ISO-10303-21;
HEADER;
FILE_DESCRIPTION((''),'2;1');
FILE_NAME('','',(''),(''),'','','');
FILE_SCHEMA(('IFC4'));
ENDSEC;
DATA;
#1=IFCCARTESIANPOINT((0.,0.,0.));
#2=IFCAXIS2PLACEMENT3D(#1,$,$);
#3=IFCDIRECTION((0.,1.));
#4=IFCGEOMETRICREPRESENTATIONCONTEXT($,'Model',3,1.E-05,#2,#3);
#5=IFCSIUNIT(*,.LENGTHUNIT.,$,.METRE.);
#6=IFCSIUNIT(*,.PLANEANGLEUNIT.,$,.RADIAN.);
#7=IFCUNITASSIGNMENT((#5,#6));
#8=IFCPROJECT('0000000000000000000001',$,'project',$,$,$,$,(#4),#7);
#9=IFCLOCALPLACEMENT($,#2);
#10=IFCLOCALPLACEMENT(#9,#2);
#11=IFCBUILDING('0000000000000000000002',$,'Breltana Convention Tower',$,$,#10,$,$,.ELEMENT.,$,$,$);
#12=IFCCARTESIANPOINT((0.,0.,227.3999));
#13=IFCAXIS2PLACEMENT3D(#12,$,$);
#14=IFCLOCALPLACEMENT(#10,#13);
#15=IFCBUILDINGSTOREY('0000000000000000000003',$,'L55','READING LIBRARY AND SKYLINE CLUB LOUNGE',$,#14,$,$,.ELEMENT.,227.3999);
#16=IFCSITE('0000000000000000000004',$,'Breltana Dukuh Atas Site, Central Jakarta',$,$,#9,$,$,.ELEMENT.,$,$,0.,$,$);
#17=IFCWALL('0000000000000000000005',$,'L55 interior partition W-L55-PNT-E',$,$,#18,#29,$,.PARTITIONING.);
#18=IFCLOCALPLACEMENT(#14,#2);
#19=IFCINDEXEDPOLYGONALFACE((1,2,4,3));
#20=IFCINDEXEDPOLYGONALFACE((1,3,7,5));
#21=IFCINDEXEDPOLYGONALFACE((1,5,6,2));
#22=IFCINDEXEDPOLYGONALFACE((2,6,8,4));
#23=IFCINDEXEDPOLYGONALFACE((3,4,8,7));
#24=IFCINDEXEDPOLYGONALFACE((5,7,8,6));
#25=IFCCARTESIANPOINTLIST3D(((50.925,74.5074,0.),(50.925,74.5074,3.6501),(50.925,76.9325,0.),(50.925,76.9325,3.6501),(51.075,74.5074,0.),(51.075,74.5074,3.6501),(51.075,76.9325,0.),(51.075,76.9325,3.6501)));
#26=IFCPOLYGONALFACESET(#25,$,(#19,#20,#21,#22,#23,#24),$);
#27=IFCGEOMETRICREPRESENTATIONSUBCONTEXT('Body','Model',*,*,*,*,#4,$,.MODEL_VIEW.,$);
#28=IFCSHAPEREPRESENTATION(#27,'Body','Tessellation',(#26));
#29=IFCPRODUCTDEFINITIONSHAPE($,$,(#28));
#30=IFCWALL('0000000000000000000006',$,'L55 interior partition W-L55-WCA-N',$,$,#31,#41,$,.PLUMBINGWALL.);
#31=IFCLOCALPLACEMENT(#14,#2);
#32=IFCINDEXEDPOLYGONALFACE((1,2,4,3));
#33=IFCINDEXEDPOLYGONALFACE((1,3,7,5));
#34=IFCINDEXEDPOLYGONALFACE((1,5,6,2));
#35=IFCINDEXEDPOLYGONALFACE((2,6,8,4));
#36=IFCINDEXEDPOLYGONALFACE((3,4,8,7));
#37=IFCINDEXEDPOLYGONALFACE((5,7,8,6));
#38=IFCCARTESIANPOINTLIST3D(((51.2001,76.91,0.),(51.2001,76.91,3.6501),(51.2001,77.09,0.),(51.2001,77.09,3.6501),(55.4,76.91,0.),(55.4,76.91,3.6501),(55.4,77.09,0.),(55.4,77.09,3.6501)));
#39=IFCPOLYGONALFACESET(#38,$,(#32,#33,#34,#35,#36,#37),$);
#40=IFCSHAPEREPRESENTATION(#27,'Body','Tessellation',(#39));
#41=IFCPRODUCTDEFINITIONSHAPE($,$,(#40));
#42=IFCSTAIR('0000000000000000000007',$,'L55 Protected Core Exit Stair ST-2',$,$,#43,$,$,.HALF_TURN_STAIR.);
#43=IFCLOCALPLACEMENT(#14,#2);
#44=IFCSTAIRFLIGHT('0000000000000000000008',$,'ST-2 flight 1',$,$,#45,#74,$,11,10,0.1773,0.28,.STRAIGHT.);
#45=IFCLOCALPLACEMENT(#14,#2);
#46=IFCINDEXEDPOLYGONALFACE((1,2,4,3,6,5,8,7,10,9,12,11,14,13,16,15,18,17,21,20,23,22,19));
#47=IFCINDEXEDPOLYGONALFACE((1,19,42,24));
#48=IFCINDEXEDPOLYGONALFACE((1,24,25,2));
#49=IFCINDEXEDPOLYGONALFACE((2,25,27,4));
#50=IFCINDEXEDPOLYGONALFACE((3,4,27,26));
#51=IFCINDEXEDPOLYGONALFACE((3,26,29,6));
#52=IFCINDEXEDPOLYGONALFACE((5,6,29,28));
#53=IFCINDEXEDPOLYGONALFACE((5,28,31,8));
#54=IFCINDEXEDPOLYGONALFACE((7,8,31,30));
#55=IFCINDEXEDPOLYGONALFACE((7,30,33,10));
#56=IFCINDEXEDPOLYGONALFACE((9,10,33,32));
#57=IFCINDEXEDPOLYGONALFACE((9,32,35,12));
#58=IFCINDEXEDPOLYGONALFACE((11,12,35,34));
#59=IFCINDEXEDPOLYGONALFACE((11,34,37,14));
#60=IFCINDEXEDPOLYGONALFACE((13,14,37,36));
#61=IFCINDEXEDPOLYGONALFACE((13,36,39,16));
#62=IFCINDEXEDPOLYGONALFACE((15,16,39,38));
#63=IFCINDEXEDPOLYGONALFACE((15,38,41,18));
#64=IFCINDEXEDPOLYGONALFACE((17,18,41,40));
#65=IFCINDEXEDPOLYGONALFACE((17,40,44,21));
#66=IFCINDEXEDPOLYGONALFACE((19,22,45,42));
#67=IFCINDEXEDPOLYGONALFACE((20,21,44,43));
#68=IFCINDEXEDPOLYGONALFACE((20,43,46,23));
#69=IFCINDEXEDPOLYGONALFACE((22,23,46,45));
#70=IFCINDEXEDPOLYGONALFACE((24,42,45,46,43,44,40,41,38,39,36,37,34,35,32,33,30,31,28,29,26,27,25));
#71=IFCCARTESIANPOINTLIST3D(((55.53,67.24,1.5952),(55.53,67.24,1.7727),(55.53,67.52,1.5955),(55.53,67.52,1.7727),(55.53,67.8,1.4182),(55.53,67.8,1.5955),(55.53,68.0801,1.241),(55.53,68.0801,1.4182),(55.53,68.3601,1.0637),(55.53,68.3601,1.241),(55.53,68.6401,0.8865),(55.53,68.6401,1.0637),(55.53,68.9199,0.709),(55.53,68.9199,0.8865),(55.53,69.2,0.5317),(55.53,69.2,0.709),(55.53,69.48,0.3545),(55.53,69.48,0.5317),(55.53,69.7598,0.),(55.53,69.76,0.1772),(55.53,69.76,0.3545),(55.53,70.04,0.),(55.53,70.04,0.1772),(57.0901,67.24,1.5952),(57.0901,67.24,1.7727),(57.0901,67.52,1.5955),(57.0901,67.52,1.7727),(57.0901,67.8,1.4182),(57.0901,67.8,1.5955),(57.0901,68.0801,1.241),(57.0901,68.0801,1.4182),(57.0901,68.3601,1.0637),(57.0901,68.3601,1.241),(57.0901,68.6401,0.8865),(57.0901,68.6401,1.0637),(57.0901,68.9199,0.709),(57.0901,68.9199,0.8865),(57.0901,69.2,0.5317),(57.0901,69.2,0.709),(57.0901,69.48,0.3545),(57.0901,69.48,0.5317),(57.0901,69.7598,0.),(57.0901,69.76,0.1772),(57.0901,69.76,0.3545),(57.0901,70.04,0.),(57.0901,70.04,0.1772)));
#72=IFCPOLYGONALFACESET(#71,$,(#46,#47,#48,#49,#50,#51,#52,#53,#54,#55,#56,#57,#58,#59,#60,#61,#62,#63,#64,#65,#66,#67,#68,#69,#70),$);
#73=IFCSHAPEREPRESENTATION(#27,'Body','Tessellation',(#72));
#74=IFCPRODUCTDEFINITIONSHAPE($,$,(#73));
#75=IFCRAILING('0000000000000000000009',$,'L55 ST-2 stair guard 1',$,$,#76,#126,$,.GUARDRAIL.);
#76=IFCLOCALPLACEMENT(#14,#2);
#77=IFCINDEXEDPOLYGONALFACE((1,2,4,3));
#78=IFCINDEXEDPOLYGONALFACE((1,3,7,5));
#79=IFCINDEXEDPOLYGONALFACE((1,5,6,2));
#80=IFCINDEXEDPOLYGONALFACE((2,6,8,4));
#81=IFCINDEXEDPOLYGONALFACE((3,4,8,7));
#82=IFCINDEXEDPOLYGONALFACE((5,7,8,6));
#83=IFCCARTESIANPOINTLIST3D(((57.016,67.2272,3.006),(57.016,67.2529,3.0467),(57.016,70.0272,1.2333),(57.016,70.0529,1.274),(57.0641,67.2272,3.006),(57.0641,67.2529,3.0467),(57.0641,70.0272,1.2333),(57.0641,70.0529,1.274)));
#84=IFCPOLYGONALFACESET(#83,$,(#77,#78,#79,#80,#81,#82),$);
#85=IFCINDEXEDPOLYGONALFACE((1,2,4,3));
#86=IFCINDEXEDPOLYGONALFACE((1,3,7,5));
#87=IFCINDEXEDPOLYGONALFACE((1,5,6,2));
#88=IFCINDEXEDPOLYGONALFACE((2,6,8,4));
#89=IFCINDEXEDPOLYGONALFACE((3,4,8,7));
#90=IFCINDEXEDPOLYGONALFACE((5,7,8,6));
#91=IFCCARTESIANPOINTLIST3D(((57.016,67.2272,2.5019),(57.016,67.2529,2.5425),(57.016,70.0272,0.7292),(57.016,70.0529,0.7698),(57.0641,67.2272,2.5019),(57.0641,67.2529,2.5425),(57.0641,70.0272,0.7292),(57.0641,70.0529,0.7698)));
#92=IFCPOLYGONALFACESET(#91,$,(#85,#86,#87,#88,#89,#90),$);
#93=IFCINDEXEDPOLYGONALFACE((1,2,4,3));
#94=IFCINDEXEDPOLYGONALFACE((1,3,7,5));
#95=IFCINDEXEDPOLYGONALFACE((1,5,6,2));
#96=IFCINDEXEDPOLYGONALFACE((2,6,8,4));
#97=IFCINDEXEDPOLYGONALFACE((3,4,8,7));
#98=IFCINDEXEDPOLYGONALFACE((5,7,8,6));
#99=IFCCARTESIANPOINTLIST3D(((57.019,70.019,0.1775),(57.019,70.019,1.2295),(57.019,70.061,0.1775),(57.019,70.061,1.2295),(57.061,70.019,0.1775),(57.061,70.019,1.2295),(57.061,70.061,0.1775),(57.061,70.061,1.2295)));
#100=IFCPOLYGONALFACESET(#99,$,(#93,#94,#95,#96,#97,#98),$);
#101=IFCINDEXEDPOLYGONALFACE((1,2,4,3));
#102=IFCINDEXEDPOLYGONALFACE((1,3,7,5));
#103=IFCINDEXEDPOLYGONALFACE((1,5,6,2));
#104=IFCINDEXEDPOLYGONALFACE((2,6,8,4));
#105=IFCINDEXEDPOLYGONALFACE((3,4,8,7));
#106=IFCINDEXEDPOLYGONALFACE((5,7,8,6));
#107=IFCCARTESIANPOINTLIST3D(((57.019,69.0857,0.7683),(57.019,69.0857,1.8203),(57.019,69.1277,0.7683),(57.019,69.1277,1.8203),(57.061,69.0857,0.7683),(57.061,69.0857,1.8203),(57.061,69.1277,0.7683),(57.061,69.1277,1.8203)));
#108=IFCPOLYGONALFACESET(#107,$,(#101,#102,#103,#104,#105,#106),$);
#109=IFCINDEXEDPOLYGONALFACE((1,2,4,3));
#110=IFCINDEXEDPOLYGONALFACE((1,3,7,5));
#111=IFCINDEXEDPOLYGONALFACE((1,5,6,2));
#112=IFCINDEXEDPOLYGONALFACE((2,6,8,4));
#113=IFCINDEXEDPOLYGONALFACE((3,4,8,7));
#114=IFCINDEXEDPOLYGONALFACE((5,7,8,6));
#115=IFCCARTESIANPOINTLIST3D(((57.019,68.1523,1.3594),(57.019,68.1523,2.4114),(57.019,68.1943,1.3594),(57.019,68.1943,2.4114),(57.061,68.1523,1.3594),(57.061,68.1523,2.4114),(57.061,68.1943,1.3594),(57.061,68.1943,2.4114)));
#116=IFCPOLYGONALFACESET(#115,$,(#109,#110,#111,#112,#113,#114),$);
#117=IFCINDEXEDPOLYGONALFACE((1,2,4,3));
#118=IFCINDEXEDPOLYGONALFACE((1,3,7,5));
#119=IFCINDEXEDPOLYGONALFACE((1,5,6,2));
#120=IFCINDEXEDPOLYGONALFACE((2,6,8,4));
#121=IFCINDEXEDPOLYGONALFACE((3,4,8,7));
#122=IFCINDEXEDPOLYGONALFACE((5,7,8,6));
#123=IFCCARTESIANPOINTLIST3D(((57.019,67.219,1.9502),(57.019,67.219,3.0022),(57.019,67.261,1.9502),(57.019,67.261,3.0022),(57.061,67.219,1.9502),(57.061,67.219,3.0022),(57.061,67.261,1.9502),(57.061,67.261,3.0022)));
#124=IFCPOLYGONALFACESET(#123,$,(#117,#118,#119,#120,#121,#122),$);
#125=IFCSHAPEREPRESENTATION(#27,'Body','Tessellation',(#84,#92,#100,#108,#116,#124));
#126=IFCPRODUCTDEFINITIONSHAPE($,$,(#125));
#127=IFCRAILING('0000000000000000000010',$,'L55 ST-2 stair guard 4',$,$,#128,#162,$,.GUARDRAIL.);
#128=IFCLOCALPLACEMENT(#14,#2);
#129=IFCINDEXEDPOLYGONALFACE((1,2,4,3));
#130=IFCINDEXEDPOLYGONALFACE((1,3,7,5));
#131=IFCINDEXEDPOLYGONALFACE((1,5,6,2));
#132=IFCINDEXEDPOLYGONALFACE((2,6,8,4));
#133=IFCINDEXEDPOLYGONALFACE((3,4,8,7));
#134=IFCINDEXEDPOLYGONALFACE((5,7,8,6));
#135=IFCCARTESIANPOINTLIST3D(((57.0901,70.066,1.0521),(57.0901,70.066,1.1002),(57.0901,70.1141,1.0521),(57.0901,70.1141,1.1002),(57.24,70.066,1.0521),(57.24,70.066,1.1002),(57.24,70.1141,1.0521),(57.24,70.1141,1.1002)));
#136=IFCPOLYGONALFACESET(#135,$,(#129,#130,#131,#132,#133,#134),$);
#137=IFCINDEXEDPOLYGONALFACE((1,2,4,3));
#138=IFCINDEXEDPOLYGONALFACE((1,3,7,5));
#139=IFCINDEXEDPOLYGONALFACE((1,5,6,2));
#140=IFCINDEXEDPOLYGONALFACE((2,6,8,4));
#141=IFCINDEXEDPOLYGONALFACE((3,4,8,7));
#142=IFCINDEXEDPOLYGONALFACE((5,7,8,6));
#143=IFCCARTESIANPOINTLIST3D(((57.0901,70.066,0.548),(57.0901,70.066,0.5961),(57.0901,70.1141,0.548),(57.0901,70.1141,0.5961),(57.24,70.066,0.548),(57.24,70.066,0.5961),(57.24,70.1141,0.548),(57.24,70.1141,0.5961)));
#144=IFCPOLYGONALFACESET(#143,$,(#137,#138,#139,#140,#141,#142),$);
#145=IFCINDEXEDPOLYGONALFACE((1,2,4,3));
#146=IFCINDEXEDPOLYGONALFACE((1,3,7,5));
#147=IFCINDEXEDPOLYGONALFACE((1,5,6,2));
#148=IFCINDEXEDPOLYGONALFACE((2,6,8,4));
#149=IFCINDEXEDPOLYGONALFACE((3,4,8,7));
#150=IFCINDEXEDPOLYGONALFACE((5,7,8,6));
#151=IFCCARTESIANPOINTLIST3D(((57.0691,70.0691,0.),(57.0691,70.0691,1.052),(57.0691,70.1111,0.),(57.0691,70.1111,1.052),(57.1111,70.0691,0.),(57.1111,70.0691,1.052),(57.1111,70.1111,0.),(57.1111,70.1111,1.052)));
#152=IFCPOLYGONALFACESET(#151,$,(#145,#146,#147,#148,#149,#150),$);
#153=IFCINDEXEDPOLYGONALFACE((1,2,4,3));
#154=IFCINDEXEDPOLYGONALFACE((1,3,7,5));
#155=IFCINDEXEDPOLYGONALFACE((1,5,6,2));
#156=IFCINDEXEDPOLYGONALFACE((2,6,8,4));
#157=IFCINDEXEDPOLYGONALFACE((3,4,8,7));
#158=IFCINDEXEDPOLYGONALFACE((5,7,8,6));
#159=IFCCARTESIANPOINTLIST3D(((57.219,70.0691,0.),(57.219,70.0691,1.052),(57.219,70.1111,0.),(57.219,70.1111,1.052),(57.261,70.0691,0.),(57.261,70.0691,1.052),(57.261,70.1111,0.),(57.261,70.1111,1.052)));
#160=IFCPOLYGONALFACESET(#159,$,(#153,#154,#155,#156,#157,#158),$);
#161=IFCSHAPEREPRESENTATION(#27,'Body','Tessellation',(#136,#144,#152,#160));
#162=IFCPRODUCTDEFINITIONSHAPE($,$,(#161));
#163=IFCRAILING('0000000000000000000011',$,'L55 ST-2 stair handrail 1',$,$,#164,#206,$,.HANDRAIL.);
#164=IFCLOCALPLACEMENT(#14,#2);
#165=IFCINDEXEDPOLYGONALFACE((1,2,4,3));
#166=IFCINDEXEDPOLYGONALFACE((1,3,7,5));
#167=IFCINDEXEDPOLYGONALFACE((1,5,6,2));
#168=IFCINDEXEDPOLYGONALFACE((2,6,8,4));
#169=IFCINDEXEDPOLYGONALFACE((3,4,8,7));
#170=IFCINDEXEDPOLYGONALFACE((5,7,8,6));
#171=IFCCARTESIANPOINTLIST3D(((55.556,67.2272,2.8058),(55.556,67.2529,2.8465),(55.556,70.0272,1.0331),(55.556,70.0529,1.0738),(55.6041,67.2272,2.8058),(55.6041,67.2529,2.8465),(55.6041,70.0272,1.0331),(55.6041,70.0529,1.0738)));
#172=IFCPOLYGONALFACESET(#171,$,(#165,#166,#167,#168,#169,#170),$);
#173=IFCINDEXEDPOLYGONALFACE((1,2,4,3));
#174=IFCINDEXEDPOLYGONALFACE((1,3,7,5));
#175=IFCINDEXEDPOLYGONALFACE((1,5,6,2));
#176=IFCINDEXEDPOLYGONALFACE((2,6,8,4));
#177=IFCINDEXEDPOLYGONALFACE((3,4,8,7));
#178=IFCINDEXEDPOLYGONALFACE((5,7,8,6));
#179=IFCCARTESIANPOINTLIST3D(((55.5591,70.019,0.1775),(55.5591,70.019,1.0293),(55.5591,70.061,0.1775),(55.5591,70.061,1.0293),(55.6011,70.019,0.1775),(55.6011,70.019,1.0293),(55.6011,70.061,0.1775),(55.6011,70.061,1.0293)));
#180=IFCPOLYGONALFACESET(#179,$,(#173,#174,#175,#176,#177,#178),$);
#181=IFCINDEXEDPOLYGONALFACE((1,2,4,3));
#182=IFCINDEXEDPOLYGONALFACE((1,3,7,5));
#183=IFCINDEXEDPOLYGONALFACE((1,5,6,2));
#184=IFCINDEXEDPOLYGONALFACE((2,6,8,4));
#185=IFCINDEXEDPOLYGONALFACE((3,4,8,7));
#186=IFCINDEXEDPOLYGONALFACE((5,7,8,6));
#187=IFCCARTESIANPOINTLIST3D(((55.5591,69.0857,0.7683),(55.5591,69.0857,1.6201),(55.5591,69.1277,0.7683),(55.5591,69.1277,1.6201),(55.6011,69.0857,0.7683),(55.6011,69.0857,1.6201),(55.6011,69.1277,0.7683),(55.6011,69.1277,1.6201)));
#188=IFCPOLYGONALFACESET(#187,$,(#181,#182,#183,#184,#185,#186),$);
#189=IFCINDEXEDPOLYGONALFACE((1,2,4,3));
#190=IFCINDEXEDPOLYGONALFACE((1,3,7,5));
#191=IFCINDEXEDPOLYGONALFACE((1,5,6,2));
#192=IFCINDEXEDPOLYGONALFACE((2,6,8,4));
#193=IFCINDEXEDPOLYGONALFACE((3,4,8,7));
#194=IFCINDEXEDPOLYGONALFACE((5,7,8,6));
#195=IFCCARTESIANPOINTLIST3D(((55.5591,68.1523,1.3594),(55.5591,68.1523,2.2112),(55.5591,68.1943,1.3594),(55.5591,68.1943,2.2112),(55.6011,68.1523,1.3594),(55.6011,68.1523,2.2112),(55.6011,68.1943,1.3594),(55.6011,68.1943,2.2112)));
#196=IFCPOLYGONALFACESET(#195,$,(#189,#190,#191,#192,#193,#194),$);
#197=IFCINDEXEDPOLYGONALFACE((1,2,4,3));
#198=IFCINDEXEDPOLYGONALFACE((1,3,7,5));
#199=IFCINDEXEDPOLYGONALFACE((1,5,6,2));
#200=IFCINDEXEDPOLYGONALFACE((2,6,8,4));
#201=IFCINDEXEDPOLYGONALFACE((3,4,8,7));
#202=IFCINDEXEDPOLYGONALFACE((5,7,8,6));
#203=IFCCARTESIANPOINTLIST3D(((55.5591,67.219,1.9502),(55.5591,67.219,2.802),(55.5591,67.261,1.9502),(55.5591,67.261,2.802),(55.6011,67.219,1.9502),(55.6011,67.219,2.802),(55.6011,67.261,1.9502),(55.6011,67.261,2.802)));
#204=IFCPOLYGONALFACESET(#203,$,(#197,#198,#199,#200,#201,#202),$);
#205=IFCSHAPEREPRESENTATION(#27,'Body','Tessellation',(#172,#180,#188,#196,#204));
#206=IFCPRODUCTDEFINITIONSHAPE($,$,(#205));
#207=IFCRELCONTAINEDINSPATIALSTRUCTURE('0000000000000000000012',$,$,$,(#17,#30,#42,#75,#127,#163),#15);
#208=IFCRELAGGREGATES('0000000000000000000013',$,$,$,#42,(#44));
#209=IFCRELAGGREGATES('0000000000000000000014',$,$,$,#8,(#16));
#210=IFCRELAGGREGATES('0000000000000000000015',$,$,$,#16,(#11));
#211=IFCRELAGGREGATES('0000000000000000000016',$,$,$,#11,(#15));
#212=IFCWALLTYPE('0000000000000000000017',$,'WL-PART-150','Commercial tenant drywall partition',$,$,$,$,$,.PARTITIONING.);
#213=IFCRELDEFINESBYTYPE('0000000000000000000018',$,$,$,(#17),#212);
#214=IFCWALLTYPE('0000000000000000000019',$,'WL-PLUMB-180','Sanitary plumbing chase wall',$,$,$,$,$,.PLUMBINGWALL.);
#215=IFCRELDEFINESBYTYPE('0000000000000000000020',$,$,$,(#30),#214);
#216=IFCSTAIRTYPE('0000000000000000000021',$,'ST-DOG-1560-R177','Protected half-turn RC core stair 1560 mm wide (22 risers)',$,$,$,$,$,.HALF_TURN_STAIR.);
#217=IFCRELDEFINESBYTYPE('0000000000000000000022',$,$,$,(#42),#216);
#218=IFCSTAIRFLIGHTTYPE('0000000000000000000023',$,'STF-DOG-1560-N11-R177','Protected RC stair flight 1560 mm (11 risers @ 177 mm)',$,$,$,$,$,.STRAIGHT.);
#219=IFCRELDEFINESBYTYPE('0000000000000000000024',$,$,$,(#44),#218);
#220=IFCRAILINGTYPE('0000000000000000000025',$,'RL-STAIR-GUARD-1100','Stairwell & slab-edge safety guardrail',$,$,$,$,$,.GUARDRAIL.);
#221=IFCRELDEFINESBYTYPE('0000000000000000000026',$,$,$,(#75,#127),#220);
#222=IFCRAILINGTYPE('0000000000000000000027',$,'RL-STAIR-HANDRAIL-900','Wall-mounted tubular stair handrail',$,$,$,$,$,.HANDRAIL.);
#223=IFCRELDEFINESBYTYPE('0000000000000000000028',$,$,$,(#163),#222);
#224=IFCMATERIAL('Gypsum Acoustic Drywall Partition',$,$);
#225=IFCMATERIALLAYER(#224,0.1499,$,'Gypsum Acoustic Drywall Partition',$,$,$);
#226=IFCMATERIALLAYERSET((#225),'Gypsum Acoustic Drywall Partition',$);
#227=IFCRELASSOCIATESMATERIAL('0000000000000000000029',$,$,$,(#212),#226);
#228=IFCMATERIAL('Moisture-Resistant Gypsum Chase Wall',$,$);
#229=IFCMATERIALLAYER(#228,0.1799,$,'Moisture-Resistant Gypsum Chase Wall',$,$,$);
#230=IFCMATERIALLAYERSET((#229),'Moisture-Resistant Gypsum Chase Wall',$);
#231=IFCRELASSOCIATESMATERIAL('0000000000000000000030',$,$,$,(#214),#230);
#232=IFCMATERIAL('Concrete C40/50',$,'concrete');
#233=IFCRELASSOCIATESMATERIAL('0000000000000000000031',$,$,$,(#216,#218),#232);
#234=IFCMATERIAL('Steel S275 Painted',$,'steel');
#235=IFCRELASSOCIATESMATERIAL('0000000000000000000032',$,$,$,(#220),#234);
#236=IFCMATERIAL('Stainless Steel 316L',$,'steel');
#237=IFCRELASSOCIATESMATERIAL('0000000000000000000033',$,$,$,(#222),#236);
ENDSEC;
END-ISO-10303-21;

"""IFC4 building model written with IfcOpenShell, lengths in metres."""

from ifc_helpers import new_model, si_unit, direction, frame, frame_2d, origin, origin_2d, place, context, subcontext, project, spatial, polyline, rectangle, outline, extrude, source, transform, mapped, material, layer, layer_set, type_object, element, aggregate, save


model = new_model("IFC4")

# Units and contexts
model_context = context("Model", 3, precision=1e-05, world=origin(), true_north=direction((0.0, 1.0)))
body_context = subcontext(model_context, "Body", "Model", "MODEL_VIEW")
ifc_project = project(units=[si_unit("LENGTHUNIT", "METRE"), si_unit("PLANEANGLEUNIT", "RADIAN")], contexts=[model_context])

# Site, building, storey
site_placement = place(None, origin())
site = spatial("IfcSite", under=ifc_project, at=site_placement, Name="Breltana Dukuh Atas Site, Central Jakarta", CompositionType="ELEMENT", RefElevation=0.0)
building_placement = place(site_placement, origin())
building = spatial("IfcBuilding", under=site, at=building_placement, Name="Breltana Convention Tower", CompositionType="ELEMENT")
storey_placement = place(building_placement, frame((0.0, 0.0, 227.3999)))
storey = spatial("IfcBuildingStorey", under=building, at=storey_placement, Name="L55", Description="READING LIBRARY AND SKYLINE CLUB LOUNGE", CompositionType="ELEMENT", Elevation=227.3999)

# Wall
ifc_material_1 = material(Name="Gypsum Acoustic Drywall Partition")
ifc_layer_1 = layer(ifc_material_1, 0.1499, Name="Gypsum Acoustic Drywall Partition")
ifc_layer_set_1 = layer_set([ifc_layer_1], Name="Gypsum Acoustic Drywall Partition")
wall_type_1 = type_object("IfcWallType", Name="WL-PART-150", Description="Commercial tenant drywall partition", PredefinedType="PARTITIONING", material=ifc_layer_set_1)
shared_shape_1 = source(origin(), body_context, "Body", "SweptSolid", [
    extrude(rectangle(XDim=2.425, YDim=0.1499, at=frame_2d((1.2124, 0.0))), origin(), (0.0, 0.0, 1.0), 3.6501),
])
wall_1_placement = place(storey_placement, frame((51.0, 74.5076, 0.0), z_axis=(0.0, 0.0, 1.0), x_axis=(0.0, 1.0, 0.0)))
element("IfcWall", 1, at=wall_1_placement, inside=storey, type_object=wall_type_1, Name="L55 interior partition W-L55-PNT-E", PredefinedType="PARTITIONING", context=body_context, shape_type="MappedRepresentation", body=[
    mapped(shared_shape_1, transform((0.0, 0.0, 0.0), scale=1.0)),
])

# Wall
ifc_material_2 = material(Name="Moisture-Resistant Gypsum Chase Wall")
ifc_layer_2 = layer(ifc_material_2, 0.1799, Name="Moisture-Resistant Gypsum Chase Wall")
ifc_layer_set_2 = layer_set([ifc_layer_2], Name="Moisture-Resistant Gypsum Chase Wall")
wall_type_2 = type_object("IfcWallType", Name="WL-PLUMB-180", Description="Sanitary plumbing chase wall", PredefinedType="PLUMBINGWALL", material=ifc_layer_set_2)
shared_shape_2 = source(origin(), body_context, "Body", "SweptSolid", [
    extrude(rectangle(XDim=4.2, YDim=0.1799, at=frame_2d((2.1001, 0.0))), origin(), (0.0, 0.0, 1.0), 3.6501),
])
wall_2_placement = place(storey_placement, frame((51.2, 77.0, 0.0), z_axis=(0.0, 0.0, 1.0), x_axis=(1.0, 0.0, 0.0)))
element("IfcWall", 2, at=wall_2_placement, inside=storey, type_object=wall_type_2, Name="L55 interior partition W-L55-WCA-N", PredefinedType="PLUMBINGWALL", context=body_context, shape_type="MappedRepresentation", body=[
    mapped(shared_shape_2, transform((0.0, 0.0, 0.0), scale=1.0)),
])

# Stair, stair flight
ifc_material_3 = material(Name="Concrete C40/50", Category="concrete")
stair_type = type_object("IfcStairType", Name="ST-DOG-1560-R177", Description="Protected half-turn RC core stair 1560 mm wide (22 risers)", PredefinedType="HALF_TURN_STAIR", material=ifc_material_3)
stair_placement = place(storey_placement, origin())
stair = element("IfcStair", 3, at=stair_placement, inside=storey, type_object=stair_type, Name="L55 Protected Core Exit Stair ST-2", PredefinedType="HALF_TURN_STAIR")
stair_flight_type = type_object("IfcStairFlightType", Name="STF-DOG-1560-N11-R177", Description="Protected RC stair flight 1560 mm (11 risers @ 177 mm)", PredefinedType="STRAIGHT", material=ifc_material_3)
stair_flight_placement = place(storey_placement, frame((56.3101, 70.04, 0.0), z_axis=(0.0, 0.0, 1.0), x_axis=(0.0, -1.0, 0.0)))
stair_flight = element("IfcStairFlight", 4, at=stair_flight_placement, type_object=stair_flight_type, Name="ST-2 flight 1", NumberOfRisers=11, NumberOfTreads=10, PredefinedType="STRAIGHT", RiserHeight=0.1773, TreadLength=0.28, context=body_context, shape_type="SweptSolid", body=[
    extrude(outline(polyline([(0.0, 0.0), (0.0, 0.1772), (0.28, 0.1772), (0.28, 0.3545), (0.5601, 0.3545), (0.5601, 0.5317), (0.8401, 0.5317), (0.8401, 0.709), (1.1201, 0.709), (1.1201, 0.8865), (1.3999, 0.8865), (1.3999, 1.0637), (1.6799, 1.0637), (1.6799, 1.241), (1.96, 1.241), (1.96, 1.4182), (2.24, 1.4182), (2.24, 1.5955), (2.52, 1.5955), (2.52, 1.7727), (2.8, 1.7727), (2.8, 1.95), (2.8, 1.5952), (0.2803, 0.0), (0.0, 0.0)])), frame((0.0, 0.78, 0.0), z_axis=(0.0, -1.0, 0.0), x_axis=(1.0, 0.0, 0.0)), (0.0, 0.0, 1.0), 1.5601),
])
aggregate(stair, [stair_flight])

# Railings
ifc_material_4 = material(Name="Steel S275 Painted", Category="steel")
railing_type_1 = type_object("IfcRailingType", Name="RL-STAIR-GUARD-1100", Description="Stairwell & slab-edge safety guardrail", PredefinedType="GUARDRAIL", material=ifc_material_4)
railing_1_placement = place(storey_placement, frame((57.04, 70.04, 0.1775)))
element("IfcRailing", 5, at=railing_1_placement, inside=storey, type_object=railing_type_1, Name="L55 ST-2 stair guard 1", PredefinedType="GUARDRAIL", context=body_context, shape_type="SweptSolid", body=[
    extrude(rectangle(XDim=0.0481, YDim=0.0481, at=origin_2d()), frame((0.0, 0.0, 1.0762), z_axis=(0.0, -0.844909, 0.53491), x_axis=(1.0, 0.0, 0.0)), (0.0, 0.0, 1.0), 3.314),
    extrude(rectangle(XDim=0.0481, YDim=0.0481, at=origin_2d()), frame((0.0, 0.0, 0.572), z_axis=(0.0, -0.844909, 0.53491), x_axis=(1.0, 0.0, 0.0)), (0.0, 0.0, 1.0), 3.314),
    extrude(rectangle(XDim=0.042, YDim=0.042, at=origin_2d()), origin(), (0.0, 0.0, 1.0), 1.052),
    extrude(rectangle(XDim=0.042, YDim=0.042, at=origin_2d()), frame((0.0, -0.9333, 0.5908)), (0.0, 0.0, 1.0), 1.052),
    extrude(rectangle(XDim=0.042, YDim=0.042, at=origin_2d()), frame((0.0, -1.8667, 1.1819)), (0.0, 0.0, 1.0), 1.052),
    extrude(rectangle(XDim=0.042, YDim=0.042, at=origin_2d()), frame((0.0, -2.8, 1.7727)), (0.0, 0.0, 1.0), 1.052),
])
railing_2_placement = place(storey_placement, frame((57.0901, 70.0901, 0.0)))
element("IfcRailing", 6, at=railing_2_placement, inside=storey, type_object=railing_type_1, Name="L55 ST-2 stair guard 4", PredefinedType="GUARDRAIL", context=body_context, shape_type="SweptSolid", body=[
    extrude(rectangle(XDim=0.0481, YDim=0.0481, at=origin_2d()), frame((0.0, 0.0, 1.0762), z_axis=(1.0, 0.0, 0.0), x_axis=(0.0, 1.0, 0.0)), (0.0, 0.0, 1.0), 0.1499),
    extrude(rectangle(XDim=0.0481, YDim=0.0481, at=origin_2d()), frame((0.0, 0.0, 0.572), z_axis=(1.0, 0.0, 0.0), x_axis=(0.0, 1.0, 0.0)), (0.0, 0.0, 1.0), 0.1499),
    extrude(rectangle(XDim=0.042, YDim=0.042, at=origin_2d()), origin(), (0.0, 0.0, 1.0), 1.052),
    extrude(rectangle(XDim=0.042, YDim=0.042, at=origin_2d()), frame((0.1499, 0.0, 0.0)), (0.0, 0.0, 1.0), 1.052),
])
ifc_material_5 = material(Name="Stainless Steel 316L", Category="steel")
railing_type_2 = type_object("IfcRailingType", Name="RL-STAIR-HANDRAIL-900", Description="Wall-mounted tubular stair handrail", PredefinedType="HANDRAIL", material=ifc_material_5)
railing_3_placement = place(storey_placement, frame((55.5801, 70.04, 0.1775)))
element("IfcRailing", 7, at=railing_3_placement, inside=storey, type_object=railing_type_2, Name="L55 ST-2 stair handrail 1", PredefinedType="HANDRAIL", context=body_context, shape_type="SweptSolid", body=[
    extrude(rectangle(XDim=0.0481, YDim=0.0481, at=origin_2d()), frame((0.0, 0.0, 0.876), z_axis=(0.0, -0.844909, 0.53491), x_axis=(1.0, 0.0, 0.0)), (0.0, 0.0, 1.0), 3.314),
    extrude(rectangle(XDim=0.042, YDim=0.042, at=origin_2d()), origin(), (0.0, 0.0, 1.0), 0.8518),
    extrude(rectangle(XDim=0.042, YDim=0.042, at=origin_2d()), frame((0.0, -0.9333, 0.5908)), (0.0, 0.0, 1.0), 0.8518),
    extrude(rectangle(XDim=0.042, YDim=0.042, at=origin_2d()), frame((0.0, -1.8667, 1.1819)), (0.0, 0.0, 1.0), 0.8518),
    extrude(rectangle(XDim=0.042, YDim=0.042, at=origin_2d()), frame((0.0, -2.8, 1.7727)), (0.0, 0.0, 1.0), 0.8518),
])

save(model, "model.ifc")
